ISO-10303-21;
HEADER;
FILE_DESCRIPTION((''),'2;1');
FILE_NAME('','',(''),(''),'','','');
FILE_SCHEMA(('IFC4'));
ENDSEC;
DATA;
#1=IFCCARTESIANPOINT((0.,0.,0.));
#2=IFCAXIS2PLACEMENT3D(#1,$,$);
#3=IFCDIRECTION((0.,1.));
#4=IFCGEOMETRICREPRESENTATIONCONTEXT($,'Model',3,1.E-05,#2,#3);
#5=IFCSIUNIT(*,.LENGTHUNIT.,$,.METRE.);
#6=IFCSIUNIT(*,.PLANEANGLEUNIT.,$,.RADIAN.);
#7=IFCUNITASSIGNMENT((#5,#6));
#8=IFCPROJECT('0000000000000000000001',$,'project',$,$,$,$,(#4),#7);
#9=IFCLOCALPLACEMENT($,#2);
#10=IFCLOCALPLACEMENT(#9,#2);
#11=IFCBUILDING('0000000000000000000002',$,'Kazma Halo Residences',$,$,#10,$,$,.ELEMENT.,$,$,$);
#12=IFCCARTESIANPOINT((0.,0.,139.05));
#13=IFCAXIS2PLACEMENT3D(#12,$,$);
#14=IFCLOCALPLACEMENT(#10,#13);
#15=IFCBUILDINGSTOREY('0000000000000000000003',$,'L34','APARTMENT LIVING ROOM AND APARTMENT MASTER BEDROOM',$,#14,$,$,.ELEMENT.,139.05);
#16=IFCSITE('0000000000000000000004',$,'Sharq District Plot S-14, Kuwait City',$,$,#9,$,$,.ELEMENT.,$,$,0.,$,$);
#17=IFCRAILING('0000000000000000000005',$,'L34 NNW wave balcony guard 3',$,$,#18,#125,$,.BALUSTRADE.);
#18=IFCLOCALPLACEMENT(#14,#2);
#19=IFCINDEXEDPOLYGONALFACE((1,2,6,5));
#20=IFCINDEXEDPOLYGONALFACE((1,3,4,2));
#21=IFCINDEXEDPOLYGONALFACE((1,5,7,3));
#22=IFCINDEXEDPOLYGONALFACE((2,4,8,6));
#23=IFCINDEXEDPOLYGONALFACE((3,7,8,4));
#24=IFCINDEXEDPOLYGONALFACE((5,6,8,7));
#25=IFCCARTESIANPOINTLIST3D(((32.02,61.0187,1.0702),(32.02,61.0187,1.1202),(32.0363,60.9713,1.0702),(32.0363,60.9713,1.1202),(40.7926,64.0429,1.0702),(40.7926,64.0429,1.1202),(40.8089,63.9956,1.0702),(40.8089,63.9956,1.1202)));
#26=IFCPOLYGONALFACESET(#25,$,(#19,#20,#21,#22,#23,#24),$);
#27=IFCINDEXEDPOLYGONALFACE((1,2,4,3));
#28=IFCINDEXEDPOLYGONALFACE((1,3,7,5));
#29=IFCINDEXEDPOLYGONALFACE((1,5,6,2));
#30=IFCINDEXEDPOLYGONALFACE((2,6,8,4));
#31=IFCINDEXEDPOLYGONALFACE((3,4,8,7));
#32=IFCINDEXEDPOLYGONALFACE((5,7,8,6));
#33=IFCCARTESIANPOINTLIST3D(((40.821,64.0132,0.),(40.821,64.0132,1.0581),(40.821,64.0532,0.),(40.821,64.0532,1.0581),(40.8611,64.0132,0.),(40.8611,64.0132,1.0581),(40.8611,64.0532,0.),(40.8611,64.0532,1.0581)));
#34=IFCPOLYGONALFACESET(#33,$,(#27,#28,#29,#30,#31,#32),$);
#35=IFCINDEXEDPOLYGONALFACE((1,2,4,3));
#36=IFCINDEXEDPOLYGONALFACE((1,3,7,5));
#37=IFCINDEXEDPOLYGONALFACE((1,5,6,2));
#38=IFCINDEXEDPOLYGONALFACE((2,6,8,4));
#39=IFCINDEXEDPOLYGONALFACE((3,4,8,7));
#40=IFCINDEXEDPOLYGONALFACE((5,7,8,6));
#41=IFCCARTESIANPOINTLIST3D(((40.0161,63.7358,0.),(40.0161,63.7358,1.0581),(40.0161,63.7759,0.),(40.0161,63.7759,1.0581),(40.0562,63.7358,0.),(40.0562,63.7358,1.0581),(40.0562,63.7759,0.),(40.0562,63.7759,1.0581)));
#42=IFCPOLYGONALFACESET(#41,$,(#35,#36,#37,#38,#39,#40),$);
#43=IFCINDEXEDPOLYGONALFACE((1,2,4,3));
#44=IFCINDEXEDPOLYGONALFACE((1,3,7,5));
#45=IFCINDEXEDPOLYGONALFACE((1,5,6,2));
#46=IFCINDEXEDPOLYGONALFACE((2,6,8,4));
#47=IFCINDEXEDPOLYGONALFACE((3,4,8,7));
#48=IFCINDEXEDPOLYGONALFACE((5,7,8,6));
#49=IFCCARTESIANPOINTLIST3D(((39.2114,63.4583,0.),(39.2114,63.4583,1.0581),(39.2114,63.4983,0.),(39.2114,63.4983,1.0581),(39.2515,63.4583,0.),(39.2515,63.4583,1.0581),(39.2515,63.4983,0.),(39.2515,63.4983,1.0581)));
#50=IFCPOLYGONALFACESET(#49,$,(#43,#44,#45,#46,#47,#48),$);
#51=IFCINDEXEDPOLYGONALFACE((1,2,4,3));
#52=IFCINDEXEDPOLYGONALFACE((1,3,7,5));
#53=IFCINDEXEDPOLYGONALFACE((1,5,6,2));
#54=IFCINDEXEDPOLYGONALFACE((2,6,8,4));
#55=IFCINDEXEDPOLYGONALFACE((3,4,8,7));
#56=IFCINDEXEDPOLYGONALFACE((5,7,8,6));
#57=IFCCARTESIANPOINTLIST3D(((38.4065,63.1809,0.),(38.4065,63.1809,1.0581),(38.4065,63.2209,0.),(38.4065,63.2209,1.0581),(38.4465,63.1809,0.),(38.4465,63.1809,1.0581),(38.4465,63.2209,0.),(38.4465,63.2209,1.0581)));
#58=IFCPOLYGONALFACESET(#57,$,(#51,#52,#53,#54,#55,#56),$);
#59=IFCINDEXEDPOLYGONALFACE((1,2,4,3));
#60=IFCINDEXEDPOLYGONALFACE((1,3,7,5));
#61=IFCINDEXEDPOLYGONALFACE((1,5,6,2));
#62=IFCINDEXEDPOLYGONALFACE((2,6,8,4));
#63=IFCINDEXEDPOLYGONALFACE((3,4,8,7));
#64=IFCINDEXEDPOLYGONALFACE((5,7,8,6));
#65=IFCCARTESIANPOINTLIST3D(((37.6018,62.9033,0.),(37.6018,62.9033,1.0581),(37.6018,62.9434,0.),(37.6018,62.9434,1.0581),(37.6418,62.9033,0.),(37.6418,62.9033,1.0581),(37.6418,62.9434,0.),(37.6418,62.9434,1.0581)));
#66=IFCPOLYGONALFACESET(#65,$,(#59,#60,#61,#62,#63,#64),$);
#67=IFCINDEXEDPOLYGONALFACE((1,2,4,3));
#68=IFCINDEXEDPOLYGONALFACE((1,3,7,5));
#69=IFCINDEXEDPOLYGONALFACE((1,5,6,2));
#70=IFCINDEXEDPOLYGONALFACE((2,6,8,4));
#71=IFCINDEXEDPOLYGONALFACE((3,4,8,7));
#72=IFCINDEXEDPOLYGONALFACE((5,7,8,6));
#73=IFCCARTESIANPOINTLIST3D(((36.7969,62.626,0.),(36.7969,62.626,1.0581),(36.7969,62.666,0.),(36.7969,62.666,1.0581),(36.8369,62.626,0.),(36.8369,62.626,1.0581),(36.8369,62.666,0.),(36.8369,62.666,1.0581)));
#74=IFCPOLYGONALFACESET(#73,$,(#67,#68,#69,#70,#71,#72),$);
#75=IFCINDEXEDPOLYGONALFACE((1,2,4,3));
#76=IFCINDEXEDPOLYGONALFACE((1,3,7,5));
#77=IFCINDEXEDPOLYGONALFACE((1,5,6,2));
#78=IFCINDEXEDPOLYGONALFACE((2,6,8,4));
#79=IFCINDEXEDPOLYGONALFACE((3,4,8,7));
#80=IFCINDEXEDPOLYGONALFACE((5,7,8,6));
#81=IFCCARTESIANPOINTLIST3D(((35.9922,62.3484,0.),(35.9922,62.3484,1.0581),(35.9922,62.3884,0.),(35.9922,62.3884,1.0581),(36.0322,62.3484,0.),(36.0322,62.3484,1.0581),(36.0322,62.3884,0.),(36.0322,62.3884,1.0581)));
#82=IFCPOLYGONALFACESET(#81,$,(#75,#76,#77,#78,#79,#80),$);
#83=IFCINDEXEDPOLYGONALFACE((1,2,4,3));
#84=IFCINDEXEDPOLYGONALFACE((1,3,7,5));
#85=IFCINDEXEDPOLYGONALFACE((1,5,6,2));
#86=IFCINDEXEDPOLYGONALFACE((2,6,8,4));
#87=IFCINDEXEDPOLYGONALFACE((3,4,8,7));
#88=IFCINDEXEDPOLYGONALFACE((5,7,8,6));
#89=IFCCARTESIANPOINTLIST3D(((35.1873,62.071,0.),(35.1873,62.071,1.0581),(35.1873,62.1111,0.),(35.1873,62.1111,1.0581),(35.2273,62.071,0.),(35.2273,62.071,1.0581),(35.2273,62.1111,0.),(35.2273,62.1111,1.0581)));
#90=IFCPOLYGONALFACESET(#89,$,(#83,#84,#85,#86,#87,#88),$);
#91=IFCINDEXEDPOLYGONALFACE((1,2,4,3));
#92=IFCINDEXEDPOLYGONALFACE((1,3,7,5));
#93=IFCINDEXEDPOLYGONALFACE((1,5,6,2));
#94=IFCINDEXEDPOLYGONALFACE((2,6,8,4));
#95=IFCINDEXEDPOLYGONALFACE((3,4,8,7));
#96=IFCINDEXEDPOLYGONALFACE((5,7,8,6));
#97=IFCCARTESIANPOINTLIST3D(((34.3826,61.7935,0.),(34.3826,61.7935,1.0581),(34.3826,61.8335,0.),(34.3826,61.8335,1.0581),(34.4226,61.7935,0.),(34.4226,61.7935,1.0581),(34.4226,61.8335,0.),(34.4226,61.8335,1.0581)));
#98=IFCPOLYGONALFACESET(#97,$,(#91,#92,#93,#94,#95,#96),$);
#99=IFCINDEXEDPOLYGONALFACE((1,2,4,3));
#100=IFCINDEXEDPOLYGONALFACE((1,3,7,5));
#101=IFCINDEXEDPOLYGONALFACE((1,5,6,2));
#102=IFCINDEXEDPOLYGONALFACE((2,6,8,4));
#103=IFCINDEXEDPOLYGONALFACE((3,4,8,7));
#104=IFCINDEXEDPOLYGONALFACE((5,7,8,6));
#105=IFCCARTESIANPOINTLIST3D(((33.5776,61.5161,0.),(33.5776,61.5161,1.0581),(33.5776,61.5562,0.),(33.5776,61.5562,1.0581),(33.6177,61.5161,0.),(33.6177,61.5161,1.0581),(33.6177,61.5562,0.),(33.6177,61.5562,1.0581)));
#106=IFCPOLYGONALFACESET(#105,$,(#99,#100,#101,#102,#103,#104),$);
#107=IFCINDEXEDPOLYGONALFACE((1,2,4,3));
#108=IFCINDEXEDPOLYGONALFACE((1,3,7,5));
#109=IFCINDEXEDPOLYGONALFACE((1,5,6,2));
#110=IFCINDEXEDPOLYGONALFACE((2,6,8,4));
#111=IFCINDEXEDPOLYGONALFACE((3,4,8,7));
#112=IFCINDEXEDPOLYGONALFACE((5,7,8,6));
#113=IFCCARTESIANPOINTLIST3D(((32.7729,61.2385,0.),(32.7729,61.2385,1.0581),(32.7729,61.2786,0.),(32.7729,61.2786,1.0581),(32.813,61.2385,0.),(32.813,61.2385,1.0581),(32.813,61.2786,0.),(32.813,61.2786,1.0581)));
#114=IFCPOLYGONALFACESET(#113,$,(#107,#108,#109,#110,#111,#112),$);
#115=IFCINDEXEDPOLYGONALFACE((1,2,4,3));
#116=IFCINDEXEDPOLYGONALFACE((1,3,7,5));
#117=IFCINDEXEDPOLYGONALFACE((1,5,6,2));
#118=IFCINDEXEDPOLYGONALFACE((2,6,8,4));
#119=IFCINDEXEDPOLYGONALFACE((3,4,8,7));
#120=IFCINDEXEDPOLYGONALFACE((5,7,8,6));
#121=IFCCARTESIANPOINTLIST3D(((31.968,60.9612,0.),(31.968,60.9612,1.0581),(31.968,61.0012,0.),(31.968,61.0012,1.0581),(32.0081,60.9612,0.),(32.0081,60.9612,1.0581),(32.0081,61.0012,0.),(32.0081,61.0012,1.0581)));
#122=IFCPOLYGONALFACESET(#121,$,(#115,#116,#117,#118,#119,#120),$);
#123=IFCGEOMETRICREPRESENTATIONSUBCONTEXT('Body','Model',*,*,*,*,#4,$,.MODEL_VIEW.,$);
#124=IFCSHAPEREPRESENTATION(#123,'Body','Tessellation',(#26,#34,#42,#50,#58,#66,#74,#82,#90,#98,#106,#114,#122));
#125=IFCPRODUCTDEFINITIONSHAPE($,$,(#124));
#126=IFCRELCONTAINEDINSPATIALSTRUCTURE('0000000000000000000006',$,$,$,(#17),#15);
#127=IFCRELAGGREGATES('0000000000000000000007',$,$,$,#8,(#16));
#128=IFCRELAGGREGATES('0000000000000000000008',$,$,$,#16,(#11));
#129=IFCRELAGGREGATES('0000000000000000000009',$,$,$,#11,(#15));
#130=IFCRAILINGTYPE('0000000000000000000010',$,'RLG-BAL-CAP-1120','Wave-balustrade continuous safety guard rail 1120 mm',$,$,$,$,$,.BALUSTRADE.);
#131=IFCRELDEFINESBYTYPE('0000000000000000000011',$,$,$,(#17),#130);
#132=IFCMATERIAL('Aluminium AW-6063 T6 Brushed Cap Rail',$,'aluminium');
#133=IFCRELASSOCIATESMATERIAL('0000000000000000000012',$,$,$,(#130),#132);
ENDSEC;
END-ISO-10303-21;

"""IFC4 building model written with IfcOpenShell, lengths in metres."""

from ifc_helpers import new_model, si_unit, direction, frame, origin, origin_2d, place, context, subcontext, project, spatial, rectangle, extrude, material, type_object, element, save


model = new_model("IFC4")

# Units and contexts
model_context = context("Model", 3, precision=1e-05, world=origin(), true_north=direction((0.0, 1.0)))
body_context = subcontext(model_context, "Body", "Model", "MODEL_VIEW")
ifc_project = project(units=[si_unit("LENGTHUNIT", "METRE"), si_unit("PLANEANGLEUNIT", "RADIAN")], contexts=[model_context])

# Site, building, storey
site_placement = place(None, origin())
site = spatial("IfcSite", under=ifc_project, at=site_placement, Name="Sharq District Plot S-14, Kuwait City", CompositionType="ELEMENT", RefElevation=0.0)
building_placement = place(site_placement, origin())
building = spatial("IfcBuilding", under=site, at=building_placement, Name="Kazma Halo Residences", CompositionType="ELEMENT")
storey_placement = place(building_placement, frame((0.0, 0.0, 139.05)))
storey = spatial("IfcBuildingStorey", under=building, at=storey_placement, Name="L34", Description="APARTMENT LIVING ROOM AND APARTMENT MASTER BEDROOM", CompositionType="ELEMENT", Elevation=139.05)

# Railing
ifc_material_1 = material(Name="Aluminium AW-6063 T6 Brushed Cap Rail", Category="aluminium")
railing_type = type_object("IfcRailingType", Name="RLG-BAL-CAP-1120", Description="Wave-balustrade continuous safety guard rail 1120 mm", PredefinedType="BALUSTRADE", material=ifc_material_1)
railing_placement = place(storey_placement, frame((40.8411, 64.0332, 0.0)))
element("IfcRailing", 1, at=railing_placement, inside=storey, type_object=railing_type, Name="L34 NNW wave balcony guard 3", PredefinedType="BALUSTRADE", context=body_context, shape_type="SweptSolid", body=[
    extrude(rectangle(XDim=0.05, YDim=0.05, at=origin_2d()), frame((-0.0403, -0.0139, 1.0952), z_axis=(-0.945398, -0.325918, 0.0), x_axis=(0.325918, -0.945398, 0.0)), (0.0, 0.0, 1.0), 9.2793),
    extrude(rectangle(XDim=0.04, YDim=0.04, at=origin_2d()), origin(), (0.0, 0.0, 1.0), 1.0581),
    extrude(rectangle(XDim=0.04, YDim=0.04, at=origin_2d()), frame((-0.8049, -0.2773, 0.0)), (0.0, 0.0, 1.0), 1.0581),
    extrude(rectangle(XDim=0.04, YDim=0.04, at=origin_2d()), frame((-1.6096, -0.5549, 0.0)), (0.0, 0.0, 1.0), 1.0581),
    extrude(rectangle(XDim=0.04, YDim=0.04, at=origin_2d()), frame((-2.4146, -0.8323, 0.0)), (0.0, 0.0, 1.0), 1.0581),
    extrude(rectangle(XDim=0.04, YDim=0.04, at=origin_2d()), frame((-3.2192, -1.1099, 0.0)), (0.0, 0.0, 1.0), 1.0581),
    extrude(rectangle(XDim=0.04, YDim=0.04, at=origin_2d()), frame((-4.0242, -1.3872, 0.0)), (0.0, 0.0, 1.0), 1.0581),
    extrude(rectangle(XDim=0.04, YDim=0.04, at=origin_2d()), frame((-4.8289, -1.6648, 0.0)), (0.0, 0.0, 1.0), 1.0581),
    extrude(rectangle(XDim=0.04, YDim=0.04, at=origin_2d()), frame((-5.6338, -1.9421, 0.0)), (0.0, 0.0, 1.0), 1.0581),
    extrude(rectangle(XDim=0.04, YDim=0.04, at=origin_2d()), frame((-6.4385, -2.2197, 0.0)), (0.0, 0.0, 1.0), 1.0581),
    extrude(rectangle(XDim=0.04, YDim=0.04, at=origin_2d()), frame((-7.2434, -2.4971, 0.0)), (0.0, 0.0, 1.0), 1.0581),
    extrude(rectangle(XDim=0.04, YDim=0.04, at=origin_2d()), frame((-8.0481, -2.7747, 0.0)), (0.0, 0.0, 1.0), 1.0581),
    extrude(rectangle(XDim=0.04, YDim=0.04, at=origin_2d()), frame((-8.853, -3.052, 0.0)), (0.0, 0.0, 1.0), 1.0581),
])

save(model, "model.ifc")
